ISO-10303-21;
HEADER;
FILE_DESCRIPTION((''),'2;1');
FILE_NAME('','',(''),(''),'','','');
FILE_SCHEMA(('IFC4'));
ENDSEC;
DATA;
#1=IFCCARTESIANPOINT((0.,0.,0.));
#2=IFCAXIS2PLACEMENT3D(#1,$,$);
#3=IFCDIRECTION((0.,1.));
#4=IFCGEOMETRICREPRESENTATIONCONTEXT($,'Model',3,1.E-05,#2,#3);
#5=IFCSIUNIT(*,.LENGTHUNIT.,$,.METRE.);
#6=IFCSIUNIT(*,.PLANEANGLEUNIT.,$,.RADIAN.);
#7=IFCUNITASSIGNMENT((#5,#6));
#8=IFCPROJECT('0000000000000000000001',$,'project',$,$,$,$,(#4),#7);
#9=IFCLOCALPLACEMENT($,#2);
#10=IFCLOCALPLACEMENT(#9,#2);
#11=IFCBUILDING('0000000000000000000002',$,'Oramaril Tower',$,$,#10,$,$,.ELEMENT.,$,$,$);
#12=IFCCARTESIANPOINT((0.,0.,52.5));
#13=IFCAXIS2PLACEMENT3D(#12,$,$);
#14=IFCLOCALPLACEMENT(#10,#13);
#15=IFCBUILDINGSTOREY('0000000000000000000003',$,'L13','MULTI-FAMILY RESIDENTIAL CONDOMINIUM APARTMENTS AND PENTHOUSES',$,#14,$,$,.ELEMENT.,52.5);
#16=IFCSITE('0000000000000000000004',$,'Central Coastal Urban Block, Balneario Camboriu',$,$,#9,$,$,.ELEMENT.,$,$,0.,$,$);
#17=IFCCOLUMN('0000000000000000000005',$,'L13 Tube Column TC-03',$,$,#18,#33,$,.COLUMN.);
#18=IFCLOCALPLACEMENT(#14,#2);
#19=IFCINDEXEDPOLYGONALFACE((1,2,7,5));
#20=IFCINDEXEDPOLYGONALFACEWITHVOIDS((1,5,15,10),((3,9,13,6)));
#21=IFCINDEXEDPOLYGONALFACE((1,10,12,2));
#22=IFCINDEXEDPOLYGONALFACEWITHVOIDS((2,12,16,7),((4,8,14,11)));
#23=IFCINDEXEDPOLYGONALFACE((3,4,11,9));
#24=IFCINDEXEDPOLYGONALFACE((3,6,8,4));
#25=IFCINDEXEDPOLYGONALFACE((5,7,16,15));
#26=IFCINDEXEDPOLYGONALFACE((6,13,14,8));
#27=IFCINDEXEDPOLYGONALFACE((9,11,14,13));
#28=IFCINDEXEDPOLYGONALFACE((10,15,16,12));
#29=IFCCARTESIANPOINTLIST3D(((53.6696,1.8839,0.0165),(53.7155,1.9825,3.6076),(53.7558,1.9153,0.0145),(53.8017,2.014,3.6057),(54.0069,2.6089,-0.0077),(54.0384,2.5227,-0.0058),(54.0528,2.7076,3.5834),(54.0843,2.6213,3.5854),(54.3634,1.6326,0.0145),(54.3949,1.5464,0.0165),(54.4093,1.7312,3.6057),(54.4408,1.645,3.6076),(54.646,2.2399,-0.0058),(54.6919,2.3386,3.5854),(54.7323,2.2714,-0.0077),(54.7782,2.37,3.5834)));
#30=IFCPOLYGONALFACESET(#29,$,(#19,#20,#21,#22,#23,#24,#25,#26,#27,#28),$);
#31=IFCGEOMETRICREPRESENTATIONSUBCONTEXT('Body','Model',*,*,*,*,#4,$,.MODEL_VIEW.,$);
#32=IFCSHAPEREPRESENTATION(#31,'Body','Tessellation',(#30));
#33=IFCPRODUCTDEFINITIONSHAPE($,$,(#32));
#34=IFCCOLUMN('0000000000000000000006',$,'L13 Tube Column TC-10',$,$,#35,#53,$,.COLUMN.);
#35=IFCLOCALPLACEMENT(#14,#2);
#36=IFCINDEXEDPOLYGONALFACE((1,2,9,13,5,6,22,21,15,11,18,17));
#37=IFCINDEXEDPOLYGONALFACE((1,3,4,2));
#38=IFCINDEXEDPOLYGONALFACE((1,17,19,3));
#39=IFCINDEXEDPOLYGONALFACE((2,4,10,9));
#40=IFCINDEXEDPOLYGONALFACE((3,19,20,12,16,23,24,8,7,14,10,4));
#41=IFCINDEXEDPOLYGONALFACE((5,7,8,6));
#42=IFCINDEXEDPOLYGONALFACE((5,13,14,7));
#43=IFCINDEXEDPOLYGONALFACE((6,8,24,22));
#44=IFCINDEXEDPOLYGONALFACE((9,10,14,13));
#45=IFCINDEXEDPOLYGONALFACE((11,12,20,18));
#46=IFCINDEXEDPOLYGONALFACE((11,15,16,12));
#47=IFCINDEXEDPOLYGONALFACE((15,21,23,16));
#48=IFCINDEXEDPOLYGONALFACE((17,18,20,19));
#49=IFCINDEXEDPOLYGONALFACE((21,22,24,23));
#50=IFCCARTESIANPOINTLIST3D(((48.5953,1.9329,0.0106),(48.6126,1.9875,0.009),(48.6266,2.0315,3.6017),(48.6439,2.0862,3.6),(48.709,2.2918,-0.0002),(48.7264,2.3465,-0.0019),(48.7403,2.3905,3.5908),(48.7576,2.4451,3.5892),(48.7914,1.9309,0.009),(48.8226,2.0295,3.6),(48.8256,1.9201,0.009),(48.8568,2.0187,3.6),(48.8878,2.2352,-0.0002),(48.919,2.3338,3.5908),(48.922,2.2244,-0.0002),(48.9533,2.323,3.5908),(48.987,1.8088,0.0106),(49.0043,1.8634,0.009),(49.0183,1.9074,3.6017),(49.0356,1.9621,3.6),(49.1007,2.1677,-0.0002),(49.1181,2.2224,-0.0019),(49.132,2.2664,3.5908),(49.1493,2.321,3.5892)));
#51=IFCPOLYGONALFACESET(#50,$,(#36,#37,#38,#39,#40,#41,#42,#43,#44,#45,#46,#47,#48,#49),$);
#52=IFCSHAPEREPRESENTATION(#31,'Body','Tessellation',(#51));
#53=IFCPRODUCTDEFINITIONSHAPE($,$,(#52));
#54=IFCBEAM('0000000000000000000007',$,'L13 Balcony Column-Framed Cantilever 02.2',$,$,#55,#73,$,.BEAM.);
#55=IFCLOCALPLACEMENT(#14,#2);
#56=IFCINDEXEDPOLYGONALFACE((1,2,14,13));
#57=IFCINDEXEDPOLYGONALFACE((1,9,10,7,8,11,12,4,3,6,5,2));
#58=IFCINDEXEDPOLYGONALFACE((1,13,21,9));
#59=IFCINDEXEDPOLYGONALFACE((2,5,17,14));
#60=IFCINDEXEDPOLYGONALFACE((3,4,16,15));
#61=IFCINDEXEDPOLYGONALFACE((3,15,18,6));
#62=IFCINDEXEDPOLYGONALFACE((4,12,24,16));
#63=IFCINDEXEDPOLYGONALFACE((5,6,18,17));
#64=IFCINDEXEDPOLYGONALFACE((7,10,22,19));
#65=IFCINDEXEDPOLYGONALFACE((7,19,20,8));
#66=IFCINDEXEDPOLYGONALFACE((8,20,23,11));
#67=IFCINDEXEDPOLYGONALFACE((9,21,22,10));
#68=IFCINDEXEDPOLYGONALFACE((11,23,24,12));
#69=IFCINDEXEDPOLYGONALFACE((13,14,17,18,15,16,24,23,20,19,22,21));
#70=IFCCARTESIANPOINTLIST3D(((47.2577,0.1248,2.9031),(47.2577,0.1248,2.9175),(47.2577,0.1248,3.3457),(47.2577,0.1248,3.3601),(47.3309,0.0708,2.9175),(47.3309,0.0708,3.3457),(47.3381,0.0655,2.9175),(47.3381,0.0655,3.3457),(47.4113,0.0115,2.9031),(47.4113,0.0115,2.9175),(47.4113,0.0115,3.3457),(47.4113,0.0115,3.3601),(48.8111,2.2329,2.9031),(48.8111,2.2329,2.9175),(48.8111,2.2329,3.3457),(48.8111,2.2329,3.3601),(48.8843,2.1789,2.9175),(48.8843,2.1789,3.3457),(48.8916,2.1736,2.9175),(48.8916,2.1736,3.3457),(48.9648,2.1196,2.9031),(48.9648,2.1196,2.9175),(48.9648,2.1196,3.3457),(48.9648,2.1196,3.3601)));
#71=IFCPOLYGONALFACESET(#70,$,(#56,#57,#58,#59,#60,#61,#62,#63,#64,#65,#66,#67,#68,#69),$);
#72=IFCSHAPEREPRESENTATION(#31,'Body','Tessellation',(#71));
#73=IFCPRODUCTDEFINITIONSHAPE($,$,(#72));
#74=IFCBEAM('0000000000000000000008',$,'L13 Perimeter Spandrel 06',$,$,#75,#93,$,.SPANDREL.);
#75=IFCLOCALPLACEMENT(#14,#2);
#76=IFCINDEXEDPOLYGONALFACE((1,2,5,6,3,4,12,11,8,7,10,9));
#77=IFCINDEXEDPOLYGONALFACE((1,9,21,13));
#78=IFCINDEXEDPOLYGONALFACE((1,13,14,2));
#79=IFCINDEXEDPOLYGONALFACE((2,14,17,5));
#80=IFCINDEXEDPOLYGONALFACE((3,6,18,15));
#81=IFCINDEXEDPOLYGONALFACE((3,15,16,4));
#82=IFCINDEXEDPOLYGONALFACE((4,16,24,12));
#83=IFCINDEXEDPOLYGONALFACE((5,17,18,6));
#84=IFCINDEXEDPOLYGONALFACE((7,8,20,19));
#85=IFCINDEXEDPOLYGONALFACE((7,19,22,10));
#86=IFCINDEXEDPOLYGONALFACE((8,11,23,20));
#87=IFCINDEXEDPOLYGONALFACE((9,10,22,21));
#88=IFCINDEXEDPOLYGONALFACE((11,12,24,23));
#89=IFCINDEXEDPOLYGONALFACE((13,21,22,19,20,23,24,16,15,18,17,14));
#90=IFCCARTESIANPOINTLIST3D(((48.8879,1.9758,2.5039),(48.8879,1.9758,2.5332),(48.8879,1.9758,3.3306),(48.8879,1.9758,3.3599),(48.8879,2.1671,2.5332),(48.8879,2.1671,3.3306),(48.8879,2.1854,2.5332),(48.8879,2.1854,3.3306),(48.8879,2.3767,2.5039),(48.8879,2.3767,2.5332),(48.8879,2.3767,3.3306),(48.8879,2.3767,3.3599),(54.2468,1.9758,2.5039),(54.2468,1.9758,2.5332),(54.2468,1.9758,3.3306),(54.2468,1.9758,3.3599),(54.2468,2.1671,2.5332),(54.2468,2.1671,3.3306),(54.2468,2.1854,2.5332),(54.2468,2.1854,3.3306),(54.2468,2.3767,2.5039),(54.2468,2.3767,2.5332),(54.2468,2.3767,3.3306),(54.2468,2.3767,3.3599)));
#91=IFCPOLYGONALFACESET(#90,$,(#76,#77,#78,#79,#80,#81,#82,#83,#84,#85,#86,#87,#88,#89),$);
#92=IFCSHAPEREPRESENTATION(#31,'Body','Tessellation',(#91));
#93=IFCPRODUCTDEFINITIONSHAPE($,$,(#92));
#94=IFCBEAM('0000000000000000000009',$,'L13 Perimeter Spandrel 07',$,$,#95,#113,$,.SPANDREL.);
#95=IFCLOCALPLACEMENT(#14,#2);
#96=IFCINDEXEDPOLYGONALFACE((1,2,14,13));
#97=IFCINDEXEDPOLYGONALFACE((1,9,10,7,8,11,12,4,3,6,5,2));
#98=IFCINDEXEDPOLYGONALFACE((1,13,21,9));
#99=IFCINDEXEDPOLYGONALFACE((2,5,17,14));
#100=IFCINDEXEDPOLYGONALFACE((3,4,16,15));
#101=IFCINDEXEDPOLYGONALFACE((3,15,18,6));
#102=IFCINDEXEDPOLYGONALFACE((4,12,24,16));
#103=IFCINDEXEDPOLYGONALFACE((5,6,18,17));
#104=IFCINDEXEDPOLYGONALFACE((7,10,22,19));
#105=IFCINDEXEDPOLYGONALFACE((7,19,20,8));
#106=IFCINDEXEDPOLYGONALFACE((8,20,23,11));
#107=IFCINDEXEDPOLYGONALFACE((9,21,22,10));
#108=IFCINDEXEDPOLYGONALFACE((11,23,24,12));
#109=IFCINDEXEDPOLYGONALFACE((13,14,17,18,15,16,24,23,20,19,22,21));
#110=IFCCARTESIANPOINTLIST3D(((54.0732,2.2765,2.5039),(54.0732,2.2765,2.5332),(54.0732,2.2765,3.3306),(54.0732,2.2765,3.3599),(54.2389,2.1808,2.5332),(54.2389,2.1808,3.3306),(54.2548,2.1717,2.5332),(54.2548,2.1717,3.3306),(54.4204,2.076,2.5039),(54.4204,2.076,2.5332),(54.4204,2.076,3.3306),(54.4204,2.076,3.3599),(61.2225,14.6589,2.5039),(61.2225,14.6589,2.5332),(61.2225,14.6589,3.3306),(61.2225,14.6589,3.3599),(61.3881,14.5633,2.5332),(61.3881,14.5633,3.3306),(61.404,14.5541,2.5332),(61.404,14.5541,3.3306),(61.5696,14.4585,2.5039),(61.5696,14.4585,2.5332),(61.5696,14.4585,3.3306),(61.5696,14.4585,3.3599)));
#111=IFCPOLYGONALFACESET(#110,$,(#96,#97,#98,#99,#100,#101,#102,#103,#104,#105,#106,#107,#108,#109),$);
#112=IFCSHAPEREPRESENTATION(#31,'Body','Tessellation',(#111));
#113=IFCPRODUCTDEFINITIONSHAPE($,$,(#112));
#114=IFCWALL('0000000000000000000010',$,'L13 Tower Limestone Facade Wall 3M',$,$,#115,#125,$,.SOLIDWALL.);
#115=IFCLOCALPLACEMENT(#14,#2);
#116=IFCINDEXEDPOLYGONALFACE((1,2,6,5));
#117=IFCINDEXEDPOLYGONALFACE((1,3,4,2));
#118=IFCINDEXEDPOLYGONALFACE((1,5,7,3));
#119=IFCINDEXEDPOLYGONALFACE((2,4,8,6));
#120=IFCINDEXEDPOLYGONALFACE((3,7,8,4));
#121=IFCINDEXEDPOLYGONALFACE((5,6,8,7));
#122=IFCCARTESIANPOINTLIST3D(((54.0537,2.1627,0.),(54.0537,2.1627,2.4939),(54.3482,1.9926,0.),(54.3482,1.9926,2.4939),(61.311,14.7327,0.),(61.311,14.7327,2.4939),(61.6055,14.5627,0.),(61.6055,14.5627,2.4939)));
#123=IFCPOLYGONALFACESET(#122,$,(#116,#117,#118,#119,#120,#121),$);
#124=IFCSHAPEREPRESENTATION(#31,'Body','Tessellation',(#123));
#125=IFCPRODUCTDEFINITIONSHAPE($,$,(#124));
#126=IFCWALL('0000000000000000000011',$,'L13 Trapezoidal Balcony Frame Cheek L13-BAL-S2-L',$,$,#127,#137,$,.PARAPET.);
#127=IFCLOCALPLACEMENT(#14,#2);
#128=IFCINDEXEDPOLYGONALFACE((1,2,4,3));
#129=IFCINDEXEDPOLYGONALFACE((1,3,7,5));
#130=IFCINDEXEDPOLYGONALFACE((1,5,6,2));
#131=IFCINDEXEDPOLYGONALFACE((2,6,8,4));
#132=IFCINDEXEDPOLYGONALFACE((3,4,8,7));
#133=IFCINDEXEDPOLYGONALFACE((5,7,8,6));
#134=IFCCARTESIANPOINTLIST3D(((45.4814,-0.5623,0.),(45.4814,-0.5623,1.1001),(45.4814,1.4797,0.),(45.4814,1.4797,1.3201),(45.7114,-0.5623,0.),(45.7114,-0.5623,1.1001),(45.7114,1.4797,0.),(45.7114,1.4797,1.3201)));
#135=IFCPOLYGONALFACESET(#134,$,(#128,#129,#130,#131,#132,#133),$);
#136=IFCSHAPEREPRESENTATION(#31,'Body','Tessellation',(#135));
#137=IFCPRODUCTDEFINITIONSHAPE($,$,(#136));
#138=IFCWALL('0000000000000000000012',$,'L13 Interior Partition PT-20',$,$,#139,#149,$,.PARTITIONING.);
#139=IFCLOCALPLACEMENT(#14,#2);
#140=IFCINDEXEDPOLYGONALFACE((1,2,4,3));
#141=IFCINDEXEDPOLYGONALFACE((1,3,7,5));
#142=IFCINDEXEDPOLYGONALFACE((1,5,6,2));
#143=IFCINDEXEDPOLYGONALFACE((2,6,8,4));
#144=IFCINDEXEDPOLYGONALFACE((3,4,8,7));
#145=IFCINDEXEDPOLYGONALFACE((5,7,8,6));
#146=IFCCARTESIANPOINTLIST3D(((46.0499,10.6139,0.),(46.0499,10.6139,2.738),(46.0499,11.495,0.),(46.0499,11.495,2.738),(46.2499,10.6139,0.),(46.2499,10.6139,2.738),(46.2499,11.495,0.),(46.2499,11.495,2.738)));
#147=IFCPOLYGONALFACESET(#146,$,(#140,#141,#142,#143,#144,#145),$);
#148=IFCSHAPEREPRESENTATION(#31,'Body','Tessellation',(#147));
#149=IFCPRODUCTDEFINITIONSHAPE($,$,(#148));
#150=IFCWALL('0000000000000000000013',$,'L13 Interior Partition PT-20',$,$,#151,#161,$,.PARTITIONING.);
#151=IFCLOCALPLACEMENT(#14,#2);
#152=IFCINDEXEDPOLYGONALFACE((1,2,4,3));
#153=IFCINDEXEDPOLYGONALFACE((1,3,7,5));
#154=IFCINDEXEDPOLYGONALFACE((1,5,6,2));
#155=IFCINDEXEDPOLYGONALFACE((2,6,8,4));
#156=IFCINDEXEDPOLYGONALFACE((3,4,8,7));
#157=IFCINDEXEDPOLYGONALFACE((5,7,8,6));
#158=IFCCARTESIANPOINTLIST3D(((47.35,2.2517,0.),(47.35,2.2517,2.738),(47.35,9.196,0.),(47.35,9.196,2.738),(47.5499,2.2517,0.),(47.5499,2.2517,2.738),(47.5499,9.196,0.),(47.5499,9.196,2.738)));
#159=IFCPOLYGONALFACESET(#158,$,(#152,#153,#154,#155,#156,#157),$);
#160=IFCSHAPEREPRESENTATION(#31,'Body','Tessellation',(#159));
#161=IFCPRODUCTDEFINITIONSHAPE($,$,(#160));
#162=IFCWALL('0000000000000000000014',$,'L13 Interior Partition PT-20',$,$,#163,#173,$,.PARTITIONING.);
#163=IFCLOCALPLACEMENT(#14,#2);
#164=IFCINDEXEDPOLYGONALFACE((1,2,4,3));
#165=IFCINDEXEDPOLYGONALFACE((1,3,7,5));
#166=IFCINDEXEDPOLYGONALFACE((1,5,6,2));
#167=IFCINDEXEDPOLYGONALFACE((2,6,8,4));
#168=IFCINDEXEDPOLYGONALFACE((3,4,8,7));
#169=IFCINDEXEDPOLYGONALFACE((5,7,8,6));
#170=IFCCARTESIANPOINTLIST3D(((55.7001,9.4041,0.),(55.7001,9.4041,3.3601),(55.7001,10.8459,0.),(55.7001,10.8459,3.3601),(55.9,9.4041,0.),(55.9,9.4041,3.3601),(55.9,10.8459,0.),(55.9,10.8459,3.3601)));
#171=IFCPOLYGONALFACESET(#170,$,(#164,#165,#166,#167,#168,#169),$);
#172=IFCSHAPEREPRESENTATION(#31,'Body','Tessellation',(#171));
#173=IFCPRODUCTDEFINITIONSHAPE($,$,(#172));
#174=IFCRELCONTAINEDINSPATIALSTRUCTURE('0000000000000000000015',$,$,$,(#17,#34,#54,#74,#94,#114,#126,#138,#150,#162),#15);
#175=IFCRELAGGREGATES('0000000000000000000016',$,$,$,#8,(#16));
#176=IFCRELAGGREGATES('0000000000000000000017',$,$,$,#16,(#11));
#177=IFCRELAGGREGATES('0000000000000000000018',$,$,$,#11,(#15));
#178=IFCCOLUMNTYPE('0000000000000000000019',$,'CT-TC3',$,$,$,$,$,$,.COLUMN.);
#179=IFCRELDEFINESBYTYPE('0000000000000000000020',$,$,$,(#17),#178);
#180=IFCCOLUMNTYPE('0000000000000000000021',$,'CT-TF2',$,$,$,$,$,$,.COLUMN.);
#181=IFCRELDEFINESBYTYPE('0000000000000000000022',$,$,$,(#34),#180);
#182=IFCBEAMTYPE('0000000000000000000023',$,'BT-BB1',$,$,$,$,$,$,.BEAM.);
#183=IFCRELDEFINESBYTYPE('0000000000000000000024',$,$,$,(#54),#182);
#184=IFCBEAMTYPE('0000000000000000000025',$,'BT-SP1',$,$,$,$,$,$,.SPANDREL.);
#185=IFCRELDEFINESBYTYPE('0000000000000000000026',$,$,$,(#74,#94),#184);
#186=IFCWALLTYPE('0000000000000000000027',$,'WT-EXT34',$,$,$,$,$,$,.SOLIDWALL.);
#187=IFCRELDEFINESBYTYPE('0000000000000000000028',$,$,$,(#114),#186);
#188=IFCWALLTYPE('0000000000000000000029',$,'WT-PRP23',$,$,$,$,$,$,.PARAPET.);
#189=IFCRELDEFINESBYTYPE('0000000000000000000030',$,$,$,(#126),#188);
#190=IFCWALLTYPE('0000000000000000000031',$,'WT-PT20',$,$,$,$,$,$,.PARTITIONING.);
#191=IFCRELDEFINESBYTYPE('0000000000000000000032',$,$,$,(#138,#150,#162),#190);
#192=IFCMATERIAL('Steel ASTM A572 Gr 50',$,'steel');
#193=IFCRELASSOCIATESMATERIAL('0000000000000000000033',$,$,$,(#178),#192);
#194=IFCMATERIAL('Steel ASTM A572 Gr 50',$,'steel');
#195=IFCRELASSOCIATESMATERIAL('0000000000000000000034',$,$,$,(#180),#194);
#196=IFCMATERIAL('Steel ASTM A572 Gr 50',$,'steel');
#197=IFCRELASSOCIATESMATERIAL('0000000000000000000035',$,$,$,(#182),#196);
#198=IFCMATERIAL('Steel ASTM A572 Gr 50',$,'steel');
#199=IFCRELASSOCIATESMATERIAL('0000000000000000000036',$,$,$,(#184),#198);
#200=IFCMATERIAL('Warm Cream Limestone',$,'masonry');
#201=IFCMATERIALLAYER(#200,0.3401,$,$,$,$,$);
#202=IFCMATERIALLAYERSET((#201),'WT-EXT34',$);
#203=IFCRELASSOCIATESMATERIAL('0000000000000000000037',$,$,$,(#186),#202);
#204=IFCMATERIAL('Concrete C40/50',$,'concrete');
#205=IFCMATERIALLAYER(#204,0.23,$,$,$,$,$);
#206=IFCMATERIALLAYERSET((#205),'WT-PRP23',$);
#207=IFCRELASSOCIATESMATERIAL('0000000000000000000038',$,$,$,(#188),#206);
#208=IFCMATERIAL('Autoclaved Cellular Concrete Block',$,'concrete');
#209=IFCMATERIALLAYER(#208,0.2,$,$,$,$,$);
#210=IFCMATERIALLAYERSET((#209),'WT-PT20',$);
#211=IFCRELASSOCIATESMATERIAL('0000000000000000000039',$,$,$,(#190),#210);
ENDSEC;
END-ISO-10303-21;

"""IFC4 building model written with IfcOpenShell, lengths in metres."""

from ifc_helpers import new_model, si_unit, direction, frame, frame_2d, origin, origin_2d, place, context, subcontext, project, spatial, polyline, rectangle, hollow_rectangle, i_section, outline, extrude, material, layer, layer_set, material_profile, profile_set, type_object, element, save


model = new_model("IFC4")

# Units and contexts
model_context = context("Model", 3, precision=1e-05, world=origin(), true_north=direction((0.0, 1.0)))
body_context = subcontext(model_context, "Body", "Model", "MODEL_VIEW")
ifc_project = project(units=[si_unit("LENGTHUNIT", "METRE"), si_unit("PLANEANGLEUNIT", "RADIAN")], contexts=[model_context])

# Site, building, storey
site_placement = place(None, origin())
site = spatial("IfcSite", under=ifc_project, at=site_placement, Name="Central Coastal Urban Block, Balneario Camboriu", CompositionType="ELEMENT", RefElevation=0.0)
building_placement = place(site_placement, origin())
building = spatial("IfcBuilding", under=site, at=building_placement, Name="Oramaril Tower", CompositionType="ELEMENT")
storey_placement = place(building_placement, frame((0.0, 0.0, 52.5)))
storey = spatial("IfcBuildingStorey", under=building, at=storey_placement, Name="L13", Description="MULTI-FAMILY RESIDENTIAL CONDOMINIUM APARTMENTS AND PENTHOUSES", CompositionType="ELEMENT", Elevation=52.5)

# Columns
ifc_material_1 = material(Name="Steel ASTM A572 Gr 50", Category="steel")
ifc_material_profile_1 = material_profile(ifc_material_1, hollow_rectangle(XDim=0.8, YDim=0.8, WallThickness=0.0649, at=origin_2d()), Name="BOX800X800X65")
ifc_profile_set_1 = profile_set([ifc_material_profile_1], Name="Steel ASTM A572 Gr 50")
column_type_1 = type_object("IfcColumnType", Name="CT-TC3", PredefinedType="COLUMN", material=ifc_profile_set_1)
column_1_placement = place(storey_placement, frame((54.2009, 2.0776, 0.0044), z_axis=(0.012775, 0.027454, 0.999541), x_axis=(-0.906641, 0.421902, 0.0)))
element("IfcColumn", 1, at=column_1_placement, inside=storey, type_object=column_type_1, Name="L13 Tube Column TC-03", PredefinedType="COLUMN", context=body_context, shape_type="SweptSolid", body=[
    extrude(hollow_rectangle(XDim=0.8, YDim=0.8, WallThickness=0.0649, at=origin_2d()), origin(), (0.0, 0.0, 1.0), 3.5928),
])
ifc_material_2 = material(Name="Steel ASTM A572 Gr 50", Category="steel")
ifc_material_profile_2 = material_profile(ifc_material_2, i_section(OverallWidth=0.4109, OverallDepth=0.4341, WebThickness=0.0359, FlangeThickness=0.0574, at=origin_2d()), Name="W14X311")
ifc_profile_set_2 = profile_set([ifc_material_profile_2], Name="Steel ASTM A572 Gr 50")
column_type_2 = type_object("IfcColumnType", Name="CT-TF2", PredefinedType="COLUMN", material=ifc_profile_set_2)
column_2_placement = place(storey_placement, frame((48.8567, 2.0776, 0.0044), z_axis=(0.008699, 0.027455, 0.999585), x_axis=(-0.953297, 0.302035, 0.0)))
element("IfcColumn", 2, at=column_2_placement, inside=storey, type_object=column_type_2, Name="L13 Tube Column TC-10", PredefinedType="COLUMN", context=body_context, shape_type="SweptSolid", body=[
    extrude(i_section(OverallWidth=0.4109, OverallDepth=0.4341, WebThickness=0.0359, FlangeThickness=0.0574, at=origin_2d()), origin(), (0.0, 0.0, 1.0), 3.5925),
])

# Beams
ifc_material_3 = material(Name="Steel ASTM A572 Gr 50", Category="steel")
ifc_material_profile_3 = material_profile(ifc_material_3, i_section(OverallWidth=0.1909, OverallDepth=0.457, WebThickness=0.009, FlangeThickness=0.0144, at=origin_2d()), Name="W18X50")
ifc_profile_set_3 = profile_set([ifc_material_profile_3], Name="Steel ASTM A572 Gr 50")
beam_type_1 = type_object("IfcBeamType", Name="BT-BB1", PredefinedType="BEAM", material=ifc_profile_set_3)
beam_1_placement = place(storey_placement, frame((48.8879, 2.1763, 3.1316), z_axis=(-0.593221, -0.805039, 0.0), x_axis=(0.805039, -0.593221, 0.0)))
element("IfcBeam", 3, at=beam_1_placement, inside=storey, type_object=beam_type_1, Name="L13 Balcony Column-Framed Cantilever 02.2", PredefinedType="BEAM", context=body_context, shape_type="SweptSolid", body=[
    extrude(i_section(OverallWidth=0.1909, OverallDepth=0.457, WebThickness=0.009, FlangeThickness=0.0144, at=origin_2d()), origin(), (0.0, 0.0, 1.0), 2.6187),
])
ifc_material_4 = material(Name="Steel ASTM A572 Gr 50", Category="steel")
ifc_material_profile_4 = material_profile(ifc_material_4, i_section(OverallWidth=0.4009, OverallDepth=0.856, WebThickness=0.0183, FlangeThickness=0.0293, at=origin_2d()), Name="W33X201")
ifc_profile_set_4 = profile_set([ifc_material_profile_4], Name="Steel ASTM A572 Gr 50")
beam_type_2 = type_object("IfcBeamType", Name="BT-SP1", PredefinedType="SPANDREL", material=ifc_profile_set_4)
beam_2_placement = place(storey_placement, frame((48.8879, 2.1763, 2.9319), z_axis=(1.0, 0.0, 0.0), x_axis=(0.0, 1.0, 0.0)))
element("IfcBeam", 4, at=beam_2_placement, inside=storey, type_object=beam_type_2, Name="L13 Perimeter Spandrel 06", PredefinedType="SPANDREL", context=body_context, shape_type="SweptSolid", body=[
    extrude(i_section(OverallWidth=0.4009, OverallDepth=0.856, WebThickness=0.0183, FlangeThickness=0.0293, at=origin_2d()), origin(), (0.0, 0.0, 1.0), 5.3589),
])
beam_3_placement = place(storey_placement, frame((54.2468, 2.1763, 2.9319), z_axis=(0.500012, 0.866018, 0.0), x_axis=(-0.866018, 0.500012, 0.0)))
element("IfcBeam", 5, at=beam_3_placement, inside=storey, type_object=beam_type_2, Name="L13 Perimeter Spandrel 07", PredefinedType="SPANDREL", context=body_context, shape_type="SweptSolid", body=[
    extrude(i_section(OverallWidth=0.4009, OverallDepth=0.856, WebThickness=0.0183, FlangeThickness=0.0293, at=origin_2d()), origin(), (0.0, 0.0, 1.0), 14.2981),
])

# Walls
ifc_material_5 = material(Name="Warm Cream Limestone", Category="masonry")
ifc_layer_1 = layer(ifc_material_5, 0.3401)
ifc_layer_set_1 = layer_set([ifc_layer_1], Name="WT-EXT34")
wall_type_1 = type_object("IfcWallType", Name="WT-EXT34", PredefinedType="SOLIDWALL", material=ifc_layer_set_1)
wall_1_placement = place(storey_placement, frame((54.2009, 2.0776, 0.0), z_axis=(0.0, 0.0, 1.0), x_axis=(0.5, 0.866026, 0.0)))
element("IfcWall", 6, at=wall_1_placement, inside=storey, type_object=wall_type_1, Name="L13 Tower Limestone Facade Wall 3M", PredefinedType="SOLIDWALL", context=body_context, shape_type="SweptSolid", body=[
    extrude(rectangle(XDim=14.5146, YDim=0.3401, at=frame_2d((7.2573, 0.0))), origin(), (0.0, 0.0, 1.0), 2.4939),
])
ifc_material_6 = material(Name="Concrete C40/50", Category="concrete")
ifc_layer_2 = layer(ifc_material_6, 0.23)
ifc_layer_set_2 = layer_set([ifc_layer_2], Name="WT-PRP23")
wall_type_2 = type_object("IfcWallType", Name="WT-PRP23", PredefinedType="PARAPET", material=ifc_layer_set_2)
wall_2_placement = place(storey_placement, frame((45.5964, 1.4797, 0.0), z_axis=(0.0, 0.0, 1.0), x_axis=(0.0, -1.0, 0.0)))
element("IfcWall", 7, at=wall_2_placement, inside=storey, type_object=wall_type_2, Name="L13 Trapezoidal Balcony Frame Cheek L13-BAL-S2-L", PredefinedType="PARAPET", context=body_context, shape_type="SweptSolid", body=[
    extrude(outline(polyline([(0.0, 0.0), (2.042, 0.0), (2.042, 1.1001), (0.0, 1.3201), (0.0, 0.0)])), frame((0.0, 0.115, 0.0), z_axis=(0.0, -1.0, 0.0), x_axis=(1.0, 0.0, 0.0)), (0.0, 0.0, 1.0), 0.23),
])
ifc_material_7 = material(Name="Autoclaved Cellular Concrete Block", Category="concrete")
ifc_layer_3 = layer(ifc_material_7, 0.2)
ifc_layer_set_3 = layer_set([ifc_layer_3], Name="WT-PT20")
wall_type_3 = type_object("IfcWallType", Name="WT-PT20", PredefinedType="PARTITIONING", material=ifc_layer_set_3)
wall_3_placement = place(storey_placement, frame((46.1499, 10.614, 0.0), z_axis=(0.0, 0.0, 1.0), x_axis=(0.0, 1.0, 0.0)))
element("IfcWall", 8, at=wall_3_placement, inside=storey, type_object=wall_type_3, Name="L13 Interior Partition PT-20", PredefinedType="PARTITIONING", context=body_context, shape_type="SweptSolid", body=[
    extrude(rectangle(XDim=0.8811, YDim=0.2, at=frame_2d((0.4404, 0.0))), origin(), (0.0, 0.0, 1.0), 2.738),
])
wall_4_placement = place(storey_placement, frame((47.45, 2.2517, 0.0), z_axis=(0.0, 0.0, 1.0), x_axis=(0.0, 1.0, 0.0)))
element("IfcWall", 9, at=wall_4_placement, inside=storey, type_object=wall_type_3, Name="L13 Interior Partition PT-20", PredefinedType="PARTITIONING", context=body_context, shape_type="SweptSolid", body=[
    extrude(rectangle(XDim=6.9443, YDim=0.2, at=frame_2d((3.4722, 0.0))), origin(), (0.0, 0.0, 1.0), 2.738),
])
wall_5_placement = place(storey_placement, frame((55.8, 9.4041, 0.0), z_axis=(0.0, 0.0, 1.0), x_axis=(0.0, 1.0, 0.0)))
element("IfcWall", 10, at=wall_5_placement, inside=storey, type_object=wall_type_3, Name="L13 Interior Partition PT-20", PredefinedType="PARTITIONING", context=body_context, shape_type="SweptSolid", body=[
    extrude(rectangle(XDim=1.4419, YDim=0.2, at=frame_2d((0.7209, 0.0))), origin(), (0.0, 0.0, 1.0), 3.3601),
])

save(model, "model.ifc")
